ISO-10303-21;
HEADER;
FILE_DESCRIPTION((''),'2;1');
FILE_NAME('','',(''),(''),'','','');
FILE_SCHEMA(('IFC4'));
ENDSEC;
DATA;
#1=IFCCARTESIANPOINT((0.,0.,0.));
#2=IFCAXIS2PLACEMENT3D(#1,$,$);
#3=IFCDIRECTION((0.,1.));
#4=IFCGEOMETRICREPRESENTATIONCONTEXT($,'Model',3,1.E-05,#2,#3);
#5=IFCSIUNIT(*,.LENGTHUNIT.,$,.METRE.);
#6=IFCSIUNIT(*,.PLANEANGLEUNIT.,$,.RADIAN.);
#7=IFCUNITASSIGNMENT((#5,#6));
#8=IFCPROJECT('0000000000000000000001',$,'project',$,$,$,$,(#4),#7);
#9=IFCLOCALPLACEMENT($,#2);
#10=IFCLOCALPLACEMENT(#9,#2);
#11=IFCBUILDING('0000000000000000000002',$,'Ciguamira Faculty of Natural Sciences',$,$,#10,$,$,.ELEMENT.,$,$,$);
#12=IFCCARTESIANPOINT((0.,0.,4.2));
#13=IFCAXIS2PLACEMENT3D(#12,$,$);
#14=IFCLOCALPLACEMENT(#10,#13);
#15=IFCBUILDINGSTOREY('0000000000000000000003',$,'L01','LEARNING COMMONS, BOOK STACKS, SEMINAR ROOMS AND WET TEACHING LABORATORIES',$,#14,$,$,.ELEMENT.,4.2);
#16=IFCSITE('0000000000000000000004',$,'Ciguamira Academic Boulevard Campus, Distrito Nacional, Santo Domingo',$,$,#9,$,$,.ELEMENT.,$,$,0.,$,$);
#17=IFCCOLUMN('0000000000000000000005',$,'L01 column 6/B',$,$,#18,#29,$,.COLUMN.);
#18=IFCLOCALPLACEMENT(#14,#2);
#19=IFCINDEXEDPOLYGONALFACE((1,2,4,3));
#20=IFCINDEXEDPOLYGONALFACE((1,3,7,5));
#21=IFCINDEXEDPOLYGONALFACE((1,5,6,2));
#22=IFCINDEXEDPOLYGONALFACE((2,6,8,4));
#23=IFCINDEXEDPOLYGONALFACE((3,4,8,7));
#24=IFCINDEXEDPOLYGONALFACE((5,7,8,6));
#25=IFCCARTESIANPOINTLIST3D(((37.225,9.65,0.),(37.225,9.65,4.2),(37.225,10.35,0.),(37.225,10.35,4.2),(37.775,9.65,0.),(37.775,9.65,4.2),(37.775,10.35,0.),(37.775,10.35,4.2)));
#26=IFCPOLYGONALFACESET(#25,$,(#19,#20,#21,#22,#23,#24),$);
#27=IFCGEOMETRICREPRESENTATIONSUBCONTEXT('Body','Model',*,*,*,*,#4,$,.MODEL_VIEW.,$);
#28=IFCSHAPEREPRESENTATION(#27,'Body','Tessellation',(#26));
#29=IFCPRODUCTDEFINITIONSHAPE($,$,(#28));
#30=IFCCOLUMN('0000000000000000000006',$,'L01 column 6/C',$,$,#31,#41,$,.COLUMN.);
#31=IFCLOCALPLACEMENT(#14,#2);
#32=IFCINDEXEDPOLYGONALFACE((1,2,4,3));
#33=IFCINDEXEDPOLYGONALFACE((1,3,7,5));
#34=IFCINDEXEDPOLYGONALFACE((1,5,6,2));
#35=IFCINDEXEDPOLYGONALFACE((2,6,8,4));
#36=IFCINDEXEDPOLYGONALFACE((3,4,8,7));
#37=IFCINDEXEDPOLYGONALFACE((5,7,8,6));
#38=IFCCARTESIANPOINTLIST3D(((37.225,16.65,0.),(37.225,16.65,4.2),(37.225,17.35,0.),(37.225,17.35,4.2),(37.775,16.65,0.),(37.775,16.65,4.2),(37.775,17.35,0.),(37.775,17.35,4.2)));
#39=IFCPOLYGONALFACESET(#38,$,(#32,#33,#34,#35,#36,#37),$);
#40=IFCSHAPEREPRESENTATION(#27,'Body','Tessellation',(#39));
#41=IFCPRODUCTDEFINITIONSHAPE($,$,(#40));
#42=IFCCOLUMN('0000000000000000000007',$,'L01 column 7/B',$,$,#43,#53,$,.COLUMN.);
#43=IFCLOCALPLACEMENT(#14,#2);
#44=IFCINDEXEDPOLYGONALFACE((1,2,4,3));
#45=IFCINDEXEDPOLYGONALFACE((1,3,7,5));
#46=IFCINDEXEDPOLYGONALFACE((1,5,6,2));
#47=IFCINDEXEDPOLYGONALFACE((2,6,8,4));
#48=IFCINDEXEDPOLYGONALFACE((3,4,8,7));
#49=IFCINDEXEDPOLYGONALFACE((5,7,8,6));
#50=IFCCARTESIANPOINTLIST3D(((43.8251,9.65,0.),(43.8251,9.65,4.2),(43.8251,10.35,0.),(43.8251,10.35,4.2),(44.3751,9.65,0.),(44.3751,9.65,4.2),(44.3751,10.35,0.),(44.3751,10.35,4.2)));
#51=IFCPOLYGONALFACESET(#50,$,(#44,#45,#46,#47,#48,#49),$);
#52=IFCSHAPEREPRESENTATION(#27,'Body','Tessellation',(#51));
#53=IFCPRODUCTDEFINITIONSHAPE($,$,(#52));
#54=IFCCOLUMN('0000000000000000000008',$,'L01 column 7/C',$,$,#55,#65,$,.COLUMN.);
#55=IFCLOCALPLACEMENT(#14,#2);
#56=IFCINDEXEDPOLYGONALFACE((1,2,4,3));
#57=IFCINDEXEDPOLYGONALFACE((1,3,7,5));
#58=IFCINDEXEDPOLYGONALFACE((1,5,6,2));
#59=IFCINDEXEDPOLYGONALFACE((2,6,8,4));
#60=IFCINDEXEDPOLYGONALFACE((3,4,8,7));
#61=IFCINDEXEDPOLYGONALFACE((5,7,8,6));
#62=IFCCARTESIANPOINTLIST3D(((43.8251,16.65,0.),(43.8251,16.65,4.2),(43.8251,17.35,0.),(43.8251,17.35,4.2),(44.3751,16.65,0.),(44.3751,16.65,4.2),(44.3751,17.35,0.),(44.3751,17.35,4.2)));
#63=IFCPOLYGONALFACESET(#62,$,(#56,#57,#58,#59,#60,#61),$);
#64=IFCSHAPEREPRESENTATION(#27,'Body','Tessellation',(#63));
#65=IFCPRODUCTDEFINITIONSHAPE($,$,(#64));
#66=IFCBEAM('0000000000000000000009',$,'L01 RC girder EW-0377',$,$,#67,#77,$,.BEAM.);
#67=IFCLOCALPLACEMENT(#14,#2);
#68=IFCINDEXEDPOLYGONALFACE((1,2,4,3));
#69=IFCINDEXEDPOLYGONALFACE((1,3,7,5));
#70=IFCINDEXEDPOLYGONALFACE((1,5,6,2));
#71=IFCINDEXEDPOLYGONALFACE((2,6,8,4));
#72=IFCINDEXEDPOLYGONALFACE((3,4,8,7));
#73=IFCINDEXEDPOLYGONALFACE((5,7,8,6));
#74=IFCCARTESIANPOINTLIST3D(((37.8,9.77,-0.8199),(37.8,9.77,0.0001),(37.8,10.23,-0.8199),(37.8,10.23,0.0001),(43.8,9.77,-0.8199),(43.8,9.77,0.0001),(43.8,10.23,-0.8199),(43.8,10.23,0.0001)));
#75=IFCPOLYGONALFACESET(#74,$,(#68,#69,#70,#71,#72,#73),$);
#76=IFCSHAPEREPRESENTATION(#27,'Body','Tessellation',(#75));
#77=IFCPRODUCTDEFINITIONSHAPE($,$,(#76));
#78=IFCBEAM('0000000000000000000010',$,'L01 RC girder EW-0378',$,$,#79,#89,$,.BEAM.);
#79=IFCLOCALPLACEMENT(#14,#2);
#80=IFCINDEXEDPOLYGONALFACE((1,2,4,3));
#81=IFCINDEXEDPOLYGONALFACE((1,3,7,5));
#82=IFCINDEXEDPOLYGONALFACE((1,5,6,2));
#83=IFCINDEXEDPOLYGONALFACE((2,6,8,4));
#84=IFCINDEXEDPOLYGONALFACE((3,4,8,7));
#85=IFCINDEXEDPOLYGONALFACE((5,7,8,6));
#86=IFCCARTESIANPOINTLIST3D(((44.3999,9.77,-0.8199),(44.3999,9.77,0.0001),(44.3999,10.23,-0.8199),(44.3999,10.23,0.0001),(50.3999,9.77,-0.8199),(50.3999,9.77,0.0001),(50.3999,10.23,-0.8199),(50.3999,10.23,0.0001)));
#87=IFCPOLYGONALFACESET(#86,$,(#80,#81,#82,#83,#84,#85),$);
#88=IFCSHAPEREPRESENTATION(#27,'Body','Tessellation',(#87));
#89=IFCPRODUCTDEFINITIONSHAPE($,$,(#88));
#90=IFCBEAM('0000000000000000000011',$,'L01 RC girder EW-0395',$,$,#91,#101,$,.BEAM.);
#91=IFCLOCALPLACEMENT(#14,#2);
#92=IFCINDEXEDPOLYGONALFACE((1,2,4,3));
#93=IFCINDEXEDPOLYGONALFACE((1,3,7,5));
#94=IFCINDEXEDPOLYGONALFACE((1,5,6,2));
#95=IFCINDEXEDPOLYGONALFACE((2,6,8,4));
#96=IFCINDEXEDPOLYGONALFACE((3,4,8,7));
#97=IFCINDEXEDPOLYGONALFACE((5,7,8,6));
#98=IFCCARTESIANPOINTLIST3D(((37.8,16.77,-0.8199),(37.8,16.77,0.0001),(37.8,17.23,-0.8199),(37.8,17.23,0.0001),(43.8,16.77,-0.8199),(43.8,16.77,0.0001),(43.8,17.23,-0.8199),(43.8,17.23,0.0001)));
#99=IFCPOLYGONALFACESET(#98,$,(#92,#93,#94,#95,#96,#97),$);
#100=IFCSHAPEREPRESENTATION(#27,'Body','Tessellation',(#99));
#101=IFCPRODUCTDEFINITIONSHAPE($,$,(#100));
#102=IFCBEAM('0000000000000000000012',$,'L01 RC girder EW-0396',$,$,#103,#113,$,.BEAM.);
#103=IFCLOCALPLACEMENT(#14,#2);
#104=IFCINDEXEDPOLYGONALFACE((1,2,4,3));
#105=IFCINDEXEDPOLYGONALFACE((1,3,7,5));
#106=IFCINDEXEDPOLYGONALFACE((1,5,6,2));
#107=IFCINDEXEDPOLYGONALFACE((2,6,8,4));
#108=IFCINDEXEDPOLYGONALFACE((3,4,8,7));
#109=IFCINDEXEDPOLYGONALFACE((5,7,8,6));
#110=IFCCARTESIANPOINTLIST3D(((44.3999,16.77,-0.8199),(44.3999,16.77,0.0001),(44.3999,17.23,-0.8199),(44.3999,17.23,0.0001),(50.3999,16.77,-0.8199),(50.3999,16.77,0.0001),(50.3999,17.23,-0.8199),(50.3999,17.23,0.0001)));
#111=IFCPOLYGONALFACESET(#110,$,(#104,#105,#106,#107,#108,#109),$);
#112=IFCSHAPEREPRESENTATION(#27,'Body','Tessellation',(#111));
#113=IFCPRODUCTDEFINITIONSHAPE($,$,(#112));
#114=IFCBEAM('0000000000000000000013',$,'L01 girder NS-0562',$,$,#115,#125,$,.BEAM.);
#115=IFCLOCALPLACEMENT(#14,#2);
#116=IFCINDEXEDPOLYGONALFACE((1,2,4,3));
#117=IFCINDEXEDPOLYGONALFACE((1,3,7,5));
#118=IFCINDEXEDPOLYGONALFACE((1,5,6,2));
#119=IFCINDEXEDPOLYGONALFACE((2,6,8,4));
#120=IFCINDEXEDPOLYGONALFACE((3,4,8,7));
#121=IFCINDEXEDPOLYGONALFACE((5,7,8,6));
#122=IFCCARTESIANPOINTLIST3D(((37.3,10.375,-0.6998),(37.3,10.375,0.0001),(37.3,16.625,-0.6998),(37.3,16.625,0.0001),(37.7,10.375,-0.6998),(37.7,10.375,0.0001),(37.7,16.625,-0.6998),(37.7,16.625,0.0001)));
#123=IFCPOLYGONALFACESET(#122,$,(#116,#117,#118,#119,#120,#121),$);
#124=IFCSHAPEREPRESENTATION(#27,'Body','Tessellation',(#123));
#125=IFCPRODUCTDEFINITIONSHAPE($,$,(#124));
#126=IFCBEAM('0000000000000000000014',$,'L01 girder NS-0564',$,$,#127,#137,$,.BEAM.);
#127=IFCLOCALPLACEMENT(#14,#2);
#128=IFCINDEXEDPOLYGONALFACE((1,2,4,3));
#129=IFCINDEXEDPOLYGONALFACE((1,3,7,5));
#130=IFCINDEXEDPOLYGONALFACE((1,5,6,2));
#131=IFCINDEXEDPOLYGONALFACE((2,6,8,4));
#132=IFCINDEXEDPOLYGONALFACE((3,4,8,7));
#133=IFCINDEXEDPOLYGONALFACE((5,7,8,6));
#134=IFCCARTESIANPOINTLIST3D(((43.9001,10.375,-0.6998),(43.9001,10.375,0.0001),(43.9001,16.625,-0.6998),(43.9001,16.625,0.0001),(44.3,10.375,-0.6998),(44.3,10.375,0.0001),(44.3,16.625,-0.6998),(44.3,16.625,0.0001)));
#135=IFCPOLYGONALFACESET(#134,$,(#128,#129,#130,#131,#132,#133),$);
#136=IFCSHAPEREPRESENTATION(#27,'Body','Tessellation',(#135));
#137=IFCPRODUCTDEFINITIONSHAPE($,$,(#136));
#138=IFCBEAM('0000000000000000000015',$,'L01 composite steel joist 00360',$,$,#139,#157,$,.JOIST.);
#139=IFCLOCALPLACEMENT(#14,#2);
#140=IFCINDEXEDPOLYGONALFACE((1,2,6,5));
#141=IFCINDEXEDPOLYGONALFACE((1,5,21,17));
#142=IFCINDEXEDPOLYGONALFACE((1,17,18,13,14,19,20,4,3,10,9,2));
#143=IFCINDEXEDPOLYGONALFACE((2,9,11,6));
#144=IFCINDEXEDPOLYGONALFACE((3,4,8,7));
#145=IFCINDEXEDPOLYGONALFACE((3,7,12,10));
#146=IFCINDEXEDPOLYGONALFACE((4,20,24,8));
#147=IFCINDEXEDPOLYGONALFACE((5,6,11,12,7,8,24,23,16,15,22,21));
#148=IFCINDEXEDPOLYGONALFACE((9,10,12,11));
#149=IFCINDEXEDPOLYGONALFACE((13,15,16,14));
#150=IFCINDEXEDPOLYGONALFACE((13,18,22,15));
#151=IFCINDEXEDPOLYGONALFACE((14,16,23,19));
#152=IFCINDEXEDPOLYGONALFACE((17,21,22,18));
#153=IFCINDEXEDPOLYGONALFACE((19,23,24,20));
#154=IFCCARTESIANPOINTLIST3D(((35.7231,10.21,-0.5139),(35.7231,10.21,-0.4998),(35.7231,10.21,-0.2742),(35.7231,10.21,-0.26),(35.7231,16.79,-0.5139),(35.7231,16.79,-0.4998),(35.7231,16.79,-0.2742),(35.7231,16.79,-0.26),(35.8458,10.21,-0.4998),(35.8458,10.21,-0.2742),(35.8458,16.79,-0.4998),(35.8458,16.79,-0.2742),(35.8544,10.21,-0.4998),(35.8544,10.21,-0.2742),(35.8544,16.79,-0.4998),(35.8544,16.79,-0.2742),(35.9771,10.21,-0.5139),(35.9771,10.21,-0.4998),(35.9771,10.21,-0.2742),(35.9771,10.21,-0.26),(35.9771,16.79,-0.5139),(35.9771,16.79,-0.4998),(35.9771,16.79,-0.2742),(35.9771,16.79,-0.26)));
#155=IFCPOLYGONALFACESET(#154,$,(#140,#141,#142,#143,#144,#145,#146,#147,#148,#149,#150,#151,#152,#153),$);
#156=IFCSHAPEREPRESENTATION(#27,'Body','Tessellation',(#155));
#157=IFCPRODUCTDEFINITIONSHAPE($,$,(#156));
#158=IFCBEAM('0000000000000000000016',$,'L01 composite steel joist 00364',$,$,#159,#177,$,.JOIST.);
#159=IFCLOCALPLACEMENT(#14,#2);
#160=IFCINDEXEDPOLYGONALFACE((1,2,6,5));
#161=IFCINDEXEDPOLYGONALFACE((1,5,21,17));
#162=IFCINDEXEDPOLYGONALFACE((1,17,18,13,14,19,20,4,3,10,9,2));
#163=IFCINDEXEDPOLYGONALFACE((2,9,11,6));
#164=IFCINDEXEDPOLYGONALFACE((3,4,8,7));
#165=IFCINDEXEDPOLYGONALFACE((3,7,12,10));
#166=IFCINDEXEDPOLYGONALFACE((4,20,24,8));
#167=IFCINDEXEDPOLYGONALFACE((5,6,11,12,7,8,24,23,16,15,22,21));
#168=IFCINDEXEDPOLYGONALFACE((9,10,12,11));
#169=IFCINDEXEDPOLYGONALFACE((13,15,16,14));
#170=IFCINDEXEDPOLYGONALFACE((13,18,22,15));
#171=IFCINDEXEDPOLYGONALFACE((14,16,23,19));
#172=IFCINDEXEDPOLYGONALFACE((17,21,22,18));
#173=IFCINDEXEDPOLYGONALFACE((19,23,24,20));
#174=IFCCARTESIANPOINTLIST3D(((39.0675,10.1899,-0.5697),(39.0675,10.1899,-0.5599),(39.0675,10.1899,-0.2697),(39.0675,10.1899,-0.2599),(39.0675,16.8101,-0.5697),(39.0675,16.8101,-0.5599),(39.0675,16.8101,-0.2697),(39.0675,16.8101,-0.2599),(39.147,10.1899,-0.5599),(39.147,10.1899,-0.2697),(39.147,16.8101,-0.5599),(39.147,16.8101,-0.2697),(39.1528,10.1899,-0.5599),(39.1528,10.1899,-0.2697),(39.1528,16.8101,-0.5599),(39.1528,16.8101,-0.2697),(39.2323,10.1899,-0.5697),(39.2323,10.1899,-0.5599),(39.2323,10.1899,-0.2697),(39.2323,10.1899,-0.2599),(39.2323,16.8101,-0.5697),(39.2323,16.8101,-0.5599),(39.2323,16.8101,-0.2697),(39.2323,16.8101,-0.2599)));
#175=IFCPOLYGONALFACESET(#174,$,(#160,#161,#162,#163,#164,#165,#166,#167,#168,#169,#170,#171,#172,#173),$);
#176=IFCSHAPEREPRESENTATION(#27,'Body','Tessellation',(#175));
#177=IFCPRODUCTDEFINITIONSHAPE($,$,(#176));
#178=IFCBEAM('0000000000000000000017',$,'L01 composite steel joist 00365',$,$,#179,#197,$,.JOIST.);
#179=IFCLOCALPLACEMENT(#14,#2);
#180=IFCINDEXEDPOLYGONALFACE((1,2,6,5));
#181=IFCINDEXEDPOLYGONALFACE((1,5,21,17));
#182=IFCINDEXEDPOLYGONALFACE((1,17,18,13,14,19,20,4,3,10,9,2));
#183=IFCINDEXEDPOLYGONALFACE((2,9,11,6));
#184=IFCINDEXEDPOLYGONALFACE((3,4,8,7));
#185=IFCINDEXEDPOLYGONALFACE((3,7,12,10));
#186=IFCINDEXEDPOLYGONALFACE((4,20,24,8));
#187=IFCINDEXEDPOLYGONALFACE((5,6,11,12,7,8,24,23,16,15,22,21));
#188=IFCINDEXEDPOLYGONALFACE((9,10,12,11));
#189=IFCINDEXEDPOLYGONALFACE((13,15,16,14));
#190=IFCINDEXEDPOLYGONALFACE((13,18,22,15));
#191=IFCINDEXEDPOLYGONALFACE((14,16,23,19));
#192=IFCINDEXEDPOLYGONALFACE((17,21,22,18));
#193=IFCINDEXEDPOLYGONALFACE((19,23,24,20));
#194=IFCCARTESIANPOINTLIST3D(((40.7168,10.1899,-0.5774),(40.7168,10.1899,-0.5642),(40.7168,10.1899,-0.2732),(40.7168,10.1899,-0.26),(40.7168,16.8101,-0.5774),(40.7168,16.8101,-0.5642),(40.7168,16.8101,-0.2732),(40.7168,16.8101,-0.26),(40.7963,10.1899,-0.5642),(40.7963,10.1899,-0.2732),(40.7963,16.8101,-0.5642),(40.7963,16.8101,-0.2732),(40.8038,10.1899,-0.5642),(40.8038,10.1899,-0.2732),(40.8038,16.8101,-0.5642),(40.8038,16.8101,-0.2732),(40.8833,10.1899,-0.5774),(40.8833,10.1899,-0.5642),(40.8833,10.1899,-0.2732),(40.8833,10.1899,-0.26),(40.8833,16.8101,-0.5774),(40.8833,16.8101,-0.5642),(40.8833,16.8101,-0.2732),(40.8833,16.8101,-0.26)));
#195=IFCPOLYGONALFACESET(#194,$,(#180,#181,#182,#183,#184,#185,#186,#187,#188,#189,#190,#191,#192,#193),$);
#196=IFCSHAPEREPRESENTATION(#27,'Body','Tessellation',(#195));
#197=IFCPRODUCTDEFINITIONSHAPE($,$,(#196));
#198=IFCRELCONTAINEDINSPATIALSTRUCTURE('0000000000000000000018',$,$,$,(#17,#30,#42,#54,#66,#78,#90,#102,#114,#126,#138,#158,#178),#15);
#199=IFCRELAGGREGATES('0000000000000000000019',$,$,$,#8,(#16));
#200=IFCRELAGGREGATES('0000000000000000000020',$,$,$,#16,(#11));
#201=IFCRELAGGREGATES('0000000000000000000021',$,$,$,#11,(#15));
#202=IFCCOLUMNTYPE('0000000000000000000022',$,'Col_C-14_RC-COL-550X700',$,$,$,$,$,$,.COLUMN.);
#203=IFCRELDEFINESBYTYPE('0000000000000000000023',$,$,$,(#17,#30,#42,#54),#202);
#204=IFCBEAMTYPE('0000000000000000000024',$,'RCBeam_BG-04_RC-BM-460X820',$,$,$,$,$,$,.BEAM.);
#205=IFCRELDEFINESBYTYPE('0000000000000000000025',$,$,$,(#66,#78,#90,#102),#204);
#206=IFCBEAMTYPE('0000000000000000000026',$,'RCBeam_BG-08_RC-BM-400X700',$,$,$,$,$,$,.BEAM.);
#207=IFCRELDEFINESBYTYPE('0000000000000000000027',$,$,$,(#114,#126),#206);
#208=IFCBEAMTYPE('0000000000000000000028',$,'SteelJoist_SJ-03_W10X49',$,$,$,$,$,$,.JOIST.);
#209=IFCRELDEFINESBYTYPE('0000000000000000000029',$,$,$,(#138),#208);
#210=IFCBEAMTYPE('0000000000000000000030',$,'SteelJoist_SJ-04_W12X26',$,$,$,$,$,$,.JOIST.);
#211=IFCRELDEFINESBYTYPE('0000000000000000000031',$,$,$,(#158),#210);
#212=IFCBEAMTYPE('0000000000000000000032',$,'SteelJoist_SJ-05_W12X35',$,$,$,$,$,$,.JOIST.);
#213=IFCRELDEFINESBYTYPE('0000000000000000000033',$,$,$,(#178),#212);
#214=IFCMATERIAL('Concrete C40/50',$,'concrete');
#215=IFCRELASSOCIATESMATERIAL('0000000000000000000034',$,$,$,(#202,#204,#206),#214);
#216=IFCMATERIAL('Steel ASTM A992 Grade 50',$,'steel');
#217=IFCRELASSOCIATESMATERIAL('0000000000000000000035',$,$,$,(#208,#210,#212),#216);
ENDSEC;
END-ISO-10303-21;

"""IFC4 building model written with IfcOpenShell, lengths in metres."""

from ifc_helpers import new_model, si_unit, direction, frame, origin, origin_2d, place, context, subcontext, project, spatial, rectangle, i_section, extrude, material, material_profile, profile_set, type_object, element, save


model = new_model("IFC4")

# Units and contexts
model_context = context("Model", 3, precision=1e-05, world=origin(), true_north=direction((0.0, 1.0)))
body_context = subcontext(model_context, "Body", "Model", "MODEL_VIEW")
ifc_project = project(units=[si_unit("LENGTHUNIT", "METRE"), si_unit("PLANEANGLEUNIT", "RADIAN")], contexts=[model_context])

# Site, building, storey
site_placement = place(None, origin())
site = spatial("IfcSite", under=ifc_project, at=site_placement, Name="Ciguamira Academic Boulevard Campus, Distrito Nacional, Santo Domingo", CompositionType="ELEMENT", RefElevation=0.0)
building_placement = place(site_placement, origin())
building = spatial("IfcBuilding", under=site, at=building_placement, Name="Ciguamira Faculty of Natural Sciences", CompositionType="ELEMENT")
storey_placement = place(building_placement, frame((0.0, 0.0, 4.2)))
storey = spatial("IfcBuildingStorey", under=building, at=storey_placement, Name="L01", Description="LEARNING COMMONS, BOOK STACKS, SEMINAR ROOMS AND WET TEACHING LABORATORIES", CompositionType="ELEMENT", Elevation=4.2)

# Columns
ifc_material_1 = material(Name="Concrete C40/50", Category="concrete")
ifc_material_profile_1 = material_profile(ifc_material_1, rectangle(XDim=0.55, YDim=0.7, at=origin_2d()), Name="RC-COL-550X700")
ifc_profile_set_1 = profile_set([ifc_material_profile_1], Name="Concrete C40/50")
column_type = type_object("IfcColumnType", Name="Col_C-14_RC-COL-550X700", PredefinedType="COLUMN", material=ifc_profile_set_1)
for number, where, z_axis, x_axis, name in (
    (1, (37.5, 10.0, 0.0), (0.0, 0.0, 1.0), (1.0, 0.0, 0.0), "L01 column 6/B"),
    (2, (37.5, 17.0, 0.0), (0.0, 0.0, 1.0), (1.0, 0.0, 0.0), "L01 column 6/C"),
    (3, (44.1001, 10.0, 0.0), (0.0, 0.0, 1.0), (1.0, 0.0, 0.0), "L01 column 7/B"),
    (4, (44.1001, 17.0, 0.0), (0.0, 0.0, 1.0), (1.0, 0.0, 0.0), "L01 column 7/C"),
):
    element("IfcColumn", number, at=place(storey_placement, frame(where, z_axis=z_axis, x_axis=x_axis)), inside=storey, type_object=column_type, Name=name, PredefinedType="COLUMN", context=body_context, shape_type="SweptSolid", body=[
        extrude(rectangle(XDim=0.55, YDim=0.7, at=origin_2d()), origin(), (0.0, 0.0, 1.0), 4.2),
    ])

# Beams
ifc_material_profile_2 = material_profile(ifc_material_1, rectangle(XDim=0.46, YDim=0.8201, at=origin_2d()), Name="RC-BM-460X820")
ifc_profile_set_2 = profile_set([ifc_material_profile_2], Name="Concrete C40/50")
beam_type_1 = type_object("IfcBeamType", Name="RCBeam_BG-04_RC-BM-460X820", PredefinedType="BEAM", material=ifc_profile_set_2)
for number, where, z_axis, x_axis, name in (
    (5, (37.8, 10.0, -0.4099), (1.0, 0.0, 0.0), (0.0, 1.0, 0.0), "L01 RC girder EW-0377"),
    (6, (44.3999, 10.0, -0.4099), (1.0, 0.0, 0.0), (0.0, 1.0, 0.0), "L01 RC girder EW-0378"),
    (7, (37.8, 17.0, -0.4099), (1.0, 0.0, 0.0), (0.0, 1.0, 0.0), "L01 RC girder EW-0395"),
    (8, (44.3999, 17.0, -0.4099), (1.0, 0.0, 0.0), (0.0, 1.0, 0.0), "L01 RC girder EW-0396"),
):
    element("IfcBeam", number, at=place(storey_placement, frame(where, z_axis=z_axis, x_axis=x_axis)), inside=storey, type_object=beam_type_1, Name=name, PredefinedType="BEAM", context=body_context, shape_type="SweptSolid", body=[
        extrude(rectangle(XDim=0.46, YDim=0.8201, at=origin_2d()), origin(), (0.0, 0.0, 1.0), 6.0),
    ])
ifc_material_profile_3 = material_profile(ifc_material_1, rectangle(XDim=0.3999, YDim=0.7, at=origin_2d()), Name="RC-BM-400X700")
ifc_profile_set_3 = profile_set([ifc_material_profile_3], Name="Concrete C40/50")
beam_type_2 = type_object("IfcBeamType", Name="RCBeam_BG-08_RC-BM-400X700", PredefinedType="BEAM", material=ifc_profile_set_3)
for number, where, z_axis, x_axis, name in (
    (9, (37.5, 10.375, -0.3499), (0.0, 1.0, 0.0), (-1.0, 0.0, 0.0), "L01 girder NS-0562"),
    (10, (44.1001, 10.375, -0.3499), (0.0, 1.0, 0.0), (-1.0, 0.0, 0.0), "L01 girder NS-0564"),
):
    element("IfcBeam", number, at=place(storey_placement, frame(where, z_axis=z_axis, x_axis=x_axis)), inside=storey, type_object=beam_type_2, Name=name, PredefinedType="BEAM", context=body_context, shape_type="SweptSolid", body=[
        extrude(rectangle(XDim=0.3999, YDim=0.7, at=origin_2d()), origin(), (0.0, 0.0, 1.0), 6.25),
    ])
ifc_material_2 = material(Name="Steel ASTM A992 Grade 50", Category="steel")
ifc_material_profile_4 = material_profile(ifc_material_2, i_section(OverallWidth=0.2539, OverallDepth=0.2539, WebThickness=0.0085, FlangeThickness=0.0142, at=origin_2d()), Name="W10X49")
ifc_profile_set_4 = profile_set([ifc_material_profile_4], Name="Steel ASTM A992 Grade 50")
beam_type_3 = type_object("IfcBeamType", Name="SteelJoist_SJ-03_W10X49", PredefinedType="JOIST", material=ifc_profile_set_4)
beam_1_placement = place(storey_placement, frame((35.8501, 10.21, -0.387), z_axis=(0.0, 1.0, 0.0), x_axis=(-1.0, 0.0, 0.0)))
element("IfcBeam", 11, at=beam_1_placement, inside=storey, type_object=beam_type_3, Name="L01 composite steel joist 00360", PredefinedType="JOIST", context=body_context, shape_type="SweptSolid", body=[
    extrude(i_section(OverallWidth=0.2539, OverallDepth=0.2539, WebThickness=0.0085, FlangeThickness=0.0142, at=origin_2d()), origin(), (0.0, 0.0, 1.0), 6.5801),
])
ifc_material_profile_5 = material_profile(ifc_material_2, i_section(OverallWidth=0.1648, OverallDepth=0.3098, WebThickness=0.0059, FlangeThickness=0.0098, at=origin_2d()), Name="W12X26")
ifc_profile_set_5 = profile_set([ifc_material_profile_5], Name="Steel ASTM A992 Grade 50")
beam_type_4 = type_object("IfcBeamType", Name="SteelJoist_SJ-04_W12X26", PredefinedType="JOIST", material=ifc_profile_set_5)
beam_2_placement = place(storey_placement, frame((39.1499, 10.1899, -0.4148), z_axis=(0.0, 1.0, 0.0), x_axis=(-1.0, 0.0, 0.0)))
element("IfcBeam", 12, at=beam_2_placement, inside=storey, type_object=beam_type_4, Name="L01 composite steel joist 00364", PredefinedType="JOIST", context=body_context, shape_type="SweptSolid", body=[
    extrude(i_section(OverallWidth=0.1648, OverallDepth=0.3098, WebThickness=0.0059, FlangeThickness=0.0098, at=origin_2d()), origin(), (0.0, 0.0, 1.0), 6.6201),
])
ifc_material_profile_6 = material_profile(ifc_material_2, i_section(OverallWidth=0.1665, OverallDepth=0.3174, WebThickness=0.0076, FlangeThickness=0.0132, at=origin_2d()), Name="W12X35")
ifc_profile_set_6 = profile_set([ifc_material_profile_6], Name="Steel ASTM A992 Grade 50")
beam_type_5 = type_object("IfcBeamType", Name="SteelJoist_SJ-05_W12X35", PredefinedType="JOIST", material=ifc_profile_set_6)
beam_3_placement = place(storey_placement, frame((40.8, 10.1899, -0.4187), z_axis=(0.0, 1.0, 0.0), x_axis=(-1.0, 0.0, 0.0)))
element("IfcBeam", 13, at=beam_3_placement, inside=storey, type_object=beam_type_5, Name="L01 composite steel joist 00365", PredefinedType="JOIST", context=body_context, shape_type="SweptSolid", body=[
    extrude(i_section(OverallWidth=0.1665, OverallDepth=0.3174, WebThickness=0.0076, FlangeThickness=0.0132, at=origin_2d()), origin(), (0.0, 0.0, 1.0), 6.6201),
])

save(model, "model.ifc")
